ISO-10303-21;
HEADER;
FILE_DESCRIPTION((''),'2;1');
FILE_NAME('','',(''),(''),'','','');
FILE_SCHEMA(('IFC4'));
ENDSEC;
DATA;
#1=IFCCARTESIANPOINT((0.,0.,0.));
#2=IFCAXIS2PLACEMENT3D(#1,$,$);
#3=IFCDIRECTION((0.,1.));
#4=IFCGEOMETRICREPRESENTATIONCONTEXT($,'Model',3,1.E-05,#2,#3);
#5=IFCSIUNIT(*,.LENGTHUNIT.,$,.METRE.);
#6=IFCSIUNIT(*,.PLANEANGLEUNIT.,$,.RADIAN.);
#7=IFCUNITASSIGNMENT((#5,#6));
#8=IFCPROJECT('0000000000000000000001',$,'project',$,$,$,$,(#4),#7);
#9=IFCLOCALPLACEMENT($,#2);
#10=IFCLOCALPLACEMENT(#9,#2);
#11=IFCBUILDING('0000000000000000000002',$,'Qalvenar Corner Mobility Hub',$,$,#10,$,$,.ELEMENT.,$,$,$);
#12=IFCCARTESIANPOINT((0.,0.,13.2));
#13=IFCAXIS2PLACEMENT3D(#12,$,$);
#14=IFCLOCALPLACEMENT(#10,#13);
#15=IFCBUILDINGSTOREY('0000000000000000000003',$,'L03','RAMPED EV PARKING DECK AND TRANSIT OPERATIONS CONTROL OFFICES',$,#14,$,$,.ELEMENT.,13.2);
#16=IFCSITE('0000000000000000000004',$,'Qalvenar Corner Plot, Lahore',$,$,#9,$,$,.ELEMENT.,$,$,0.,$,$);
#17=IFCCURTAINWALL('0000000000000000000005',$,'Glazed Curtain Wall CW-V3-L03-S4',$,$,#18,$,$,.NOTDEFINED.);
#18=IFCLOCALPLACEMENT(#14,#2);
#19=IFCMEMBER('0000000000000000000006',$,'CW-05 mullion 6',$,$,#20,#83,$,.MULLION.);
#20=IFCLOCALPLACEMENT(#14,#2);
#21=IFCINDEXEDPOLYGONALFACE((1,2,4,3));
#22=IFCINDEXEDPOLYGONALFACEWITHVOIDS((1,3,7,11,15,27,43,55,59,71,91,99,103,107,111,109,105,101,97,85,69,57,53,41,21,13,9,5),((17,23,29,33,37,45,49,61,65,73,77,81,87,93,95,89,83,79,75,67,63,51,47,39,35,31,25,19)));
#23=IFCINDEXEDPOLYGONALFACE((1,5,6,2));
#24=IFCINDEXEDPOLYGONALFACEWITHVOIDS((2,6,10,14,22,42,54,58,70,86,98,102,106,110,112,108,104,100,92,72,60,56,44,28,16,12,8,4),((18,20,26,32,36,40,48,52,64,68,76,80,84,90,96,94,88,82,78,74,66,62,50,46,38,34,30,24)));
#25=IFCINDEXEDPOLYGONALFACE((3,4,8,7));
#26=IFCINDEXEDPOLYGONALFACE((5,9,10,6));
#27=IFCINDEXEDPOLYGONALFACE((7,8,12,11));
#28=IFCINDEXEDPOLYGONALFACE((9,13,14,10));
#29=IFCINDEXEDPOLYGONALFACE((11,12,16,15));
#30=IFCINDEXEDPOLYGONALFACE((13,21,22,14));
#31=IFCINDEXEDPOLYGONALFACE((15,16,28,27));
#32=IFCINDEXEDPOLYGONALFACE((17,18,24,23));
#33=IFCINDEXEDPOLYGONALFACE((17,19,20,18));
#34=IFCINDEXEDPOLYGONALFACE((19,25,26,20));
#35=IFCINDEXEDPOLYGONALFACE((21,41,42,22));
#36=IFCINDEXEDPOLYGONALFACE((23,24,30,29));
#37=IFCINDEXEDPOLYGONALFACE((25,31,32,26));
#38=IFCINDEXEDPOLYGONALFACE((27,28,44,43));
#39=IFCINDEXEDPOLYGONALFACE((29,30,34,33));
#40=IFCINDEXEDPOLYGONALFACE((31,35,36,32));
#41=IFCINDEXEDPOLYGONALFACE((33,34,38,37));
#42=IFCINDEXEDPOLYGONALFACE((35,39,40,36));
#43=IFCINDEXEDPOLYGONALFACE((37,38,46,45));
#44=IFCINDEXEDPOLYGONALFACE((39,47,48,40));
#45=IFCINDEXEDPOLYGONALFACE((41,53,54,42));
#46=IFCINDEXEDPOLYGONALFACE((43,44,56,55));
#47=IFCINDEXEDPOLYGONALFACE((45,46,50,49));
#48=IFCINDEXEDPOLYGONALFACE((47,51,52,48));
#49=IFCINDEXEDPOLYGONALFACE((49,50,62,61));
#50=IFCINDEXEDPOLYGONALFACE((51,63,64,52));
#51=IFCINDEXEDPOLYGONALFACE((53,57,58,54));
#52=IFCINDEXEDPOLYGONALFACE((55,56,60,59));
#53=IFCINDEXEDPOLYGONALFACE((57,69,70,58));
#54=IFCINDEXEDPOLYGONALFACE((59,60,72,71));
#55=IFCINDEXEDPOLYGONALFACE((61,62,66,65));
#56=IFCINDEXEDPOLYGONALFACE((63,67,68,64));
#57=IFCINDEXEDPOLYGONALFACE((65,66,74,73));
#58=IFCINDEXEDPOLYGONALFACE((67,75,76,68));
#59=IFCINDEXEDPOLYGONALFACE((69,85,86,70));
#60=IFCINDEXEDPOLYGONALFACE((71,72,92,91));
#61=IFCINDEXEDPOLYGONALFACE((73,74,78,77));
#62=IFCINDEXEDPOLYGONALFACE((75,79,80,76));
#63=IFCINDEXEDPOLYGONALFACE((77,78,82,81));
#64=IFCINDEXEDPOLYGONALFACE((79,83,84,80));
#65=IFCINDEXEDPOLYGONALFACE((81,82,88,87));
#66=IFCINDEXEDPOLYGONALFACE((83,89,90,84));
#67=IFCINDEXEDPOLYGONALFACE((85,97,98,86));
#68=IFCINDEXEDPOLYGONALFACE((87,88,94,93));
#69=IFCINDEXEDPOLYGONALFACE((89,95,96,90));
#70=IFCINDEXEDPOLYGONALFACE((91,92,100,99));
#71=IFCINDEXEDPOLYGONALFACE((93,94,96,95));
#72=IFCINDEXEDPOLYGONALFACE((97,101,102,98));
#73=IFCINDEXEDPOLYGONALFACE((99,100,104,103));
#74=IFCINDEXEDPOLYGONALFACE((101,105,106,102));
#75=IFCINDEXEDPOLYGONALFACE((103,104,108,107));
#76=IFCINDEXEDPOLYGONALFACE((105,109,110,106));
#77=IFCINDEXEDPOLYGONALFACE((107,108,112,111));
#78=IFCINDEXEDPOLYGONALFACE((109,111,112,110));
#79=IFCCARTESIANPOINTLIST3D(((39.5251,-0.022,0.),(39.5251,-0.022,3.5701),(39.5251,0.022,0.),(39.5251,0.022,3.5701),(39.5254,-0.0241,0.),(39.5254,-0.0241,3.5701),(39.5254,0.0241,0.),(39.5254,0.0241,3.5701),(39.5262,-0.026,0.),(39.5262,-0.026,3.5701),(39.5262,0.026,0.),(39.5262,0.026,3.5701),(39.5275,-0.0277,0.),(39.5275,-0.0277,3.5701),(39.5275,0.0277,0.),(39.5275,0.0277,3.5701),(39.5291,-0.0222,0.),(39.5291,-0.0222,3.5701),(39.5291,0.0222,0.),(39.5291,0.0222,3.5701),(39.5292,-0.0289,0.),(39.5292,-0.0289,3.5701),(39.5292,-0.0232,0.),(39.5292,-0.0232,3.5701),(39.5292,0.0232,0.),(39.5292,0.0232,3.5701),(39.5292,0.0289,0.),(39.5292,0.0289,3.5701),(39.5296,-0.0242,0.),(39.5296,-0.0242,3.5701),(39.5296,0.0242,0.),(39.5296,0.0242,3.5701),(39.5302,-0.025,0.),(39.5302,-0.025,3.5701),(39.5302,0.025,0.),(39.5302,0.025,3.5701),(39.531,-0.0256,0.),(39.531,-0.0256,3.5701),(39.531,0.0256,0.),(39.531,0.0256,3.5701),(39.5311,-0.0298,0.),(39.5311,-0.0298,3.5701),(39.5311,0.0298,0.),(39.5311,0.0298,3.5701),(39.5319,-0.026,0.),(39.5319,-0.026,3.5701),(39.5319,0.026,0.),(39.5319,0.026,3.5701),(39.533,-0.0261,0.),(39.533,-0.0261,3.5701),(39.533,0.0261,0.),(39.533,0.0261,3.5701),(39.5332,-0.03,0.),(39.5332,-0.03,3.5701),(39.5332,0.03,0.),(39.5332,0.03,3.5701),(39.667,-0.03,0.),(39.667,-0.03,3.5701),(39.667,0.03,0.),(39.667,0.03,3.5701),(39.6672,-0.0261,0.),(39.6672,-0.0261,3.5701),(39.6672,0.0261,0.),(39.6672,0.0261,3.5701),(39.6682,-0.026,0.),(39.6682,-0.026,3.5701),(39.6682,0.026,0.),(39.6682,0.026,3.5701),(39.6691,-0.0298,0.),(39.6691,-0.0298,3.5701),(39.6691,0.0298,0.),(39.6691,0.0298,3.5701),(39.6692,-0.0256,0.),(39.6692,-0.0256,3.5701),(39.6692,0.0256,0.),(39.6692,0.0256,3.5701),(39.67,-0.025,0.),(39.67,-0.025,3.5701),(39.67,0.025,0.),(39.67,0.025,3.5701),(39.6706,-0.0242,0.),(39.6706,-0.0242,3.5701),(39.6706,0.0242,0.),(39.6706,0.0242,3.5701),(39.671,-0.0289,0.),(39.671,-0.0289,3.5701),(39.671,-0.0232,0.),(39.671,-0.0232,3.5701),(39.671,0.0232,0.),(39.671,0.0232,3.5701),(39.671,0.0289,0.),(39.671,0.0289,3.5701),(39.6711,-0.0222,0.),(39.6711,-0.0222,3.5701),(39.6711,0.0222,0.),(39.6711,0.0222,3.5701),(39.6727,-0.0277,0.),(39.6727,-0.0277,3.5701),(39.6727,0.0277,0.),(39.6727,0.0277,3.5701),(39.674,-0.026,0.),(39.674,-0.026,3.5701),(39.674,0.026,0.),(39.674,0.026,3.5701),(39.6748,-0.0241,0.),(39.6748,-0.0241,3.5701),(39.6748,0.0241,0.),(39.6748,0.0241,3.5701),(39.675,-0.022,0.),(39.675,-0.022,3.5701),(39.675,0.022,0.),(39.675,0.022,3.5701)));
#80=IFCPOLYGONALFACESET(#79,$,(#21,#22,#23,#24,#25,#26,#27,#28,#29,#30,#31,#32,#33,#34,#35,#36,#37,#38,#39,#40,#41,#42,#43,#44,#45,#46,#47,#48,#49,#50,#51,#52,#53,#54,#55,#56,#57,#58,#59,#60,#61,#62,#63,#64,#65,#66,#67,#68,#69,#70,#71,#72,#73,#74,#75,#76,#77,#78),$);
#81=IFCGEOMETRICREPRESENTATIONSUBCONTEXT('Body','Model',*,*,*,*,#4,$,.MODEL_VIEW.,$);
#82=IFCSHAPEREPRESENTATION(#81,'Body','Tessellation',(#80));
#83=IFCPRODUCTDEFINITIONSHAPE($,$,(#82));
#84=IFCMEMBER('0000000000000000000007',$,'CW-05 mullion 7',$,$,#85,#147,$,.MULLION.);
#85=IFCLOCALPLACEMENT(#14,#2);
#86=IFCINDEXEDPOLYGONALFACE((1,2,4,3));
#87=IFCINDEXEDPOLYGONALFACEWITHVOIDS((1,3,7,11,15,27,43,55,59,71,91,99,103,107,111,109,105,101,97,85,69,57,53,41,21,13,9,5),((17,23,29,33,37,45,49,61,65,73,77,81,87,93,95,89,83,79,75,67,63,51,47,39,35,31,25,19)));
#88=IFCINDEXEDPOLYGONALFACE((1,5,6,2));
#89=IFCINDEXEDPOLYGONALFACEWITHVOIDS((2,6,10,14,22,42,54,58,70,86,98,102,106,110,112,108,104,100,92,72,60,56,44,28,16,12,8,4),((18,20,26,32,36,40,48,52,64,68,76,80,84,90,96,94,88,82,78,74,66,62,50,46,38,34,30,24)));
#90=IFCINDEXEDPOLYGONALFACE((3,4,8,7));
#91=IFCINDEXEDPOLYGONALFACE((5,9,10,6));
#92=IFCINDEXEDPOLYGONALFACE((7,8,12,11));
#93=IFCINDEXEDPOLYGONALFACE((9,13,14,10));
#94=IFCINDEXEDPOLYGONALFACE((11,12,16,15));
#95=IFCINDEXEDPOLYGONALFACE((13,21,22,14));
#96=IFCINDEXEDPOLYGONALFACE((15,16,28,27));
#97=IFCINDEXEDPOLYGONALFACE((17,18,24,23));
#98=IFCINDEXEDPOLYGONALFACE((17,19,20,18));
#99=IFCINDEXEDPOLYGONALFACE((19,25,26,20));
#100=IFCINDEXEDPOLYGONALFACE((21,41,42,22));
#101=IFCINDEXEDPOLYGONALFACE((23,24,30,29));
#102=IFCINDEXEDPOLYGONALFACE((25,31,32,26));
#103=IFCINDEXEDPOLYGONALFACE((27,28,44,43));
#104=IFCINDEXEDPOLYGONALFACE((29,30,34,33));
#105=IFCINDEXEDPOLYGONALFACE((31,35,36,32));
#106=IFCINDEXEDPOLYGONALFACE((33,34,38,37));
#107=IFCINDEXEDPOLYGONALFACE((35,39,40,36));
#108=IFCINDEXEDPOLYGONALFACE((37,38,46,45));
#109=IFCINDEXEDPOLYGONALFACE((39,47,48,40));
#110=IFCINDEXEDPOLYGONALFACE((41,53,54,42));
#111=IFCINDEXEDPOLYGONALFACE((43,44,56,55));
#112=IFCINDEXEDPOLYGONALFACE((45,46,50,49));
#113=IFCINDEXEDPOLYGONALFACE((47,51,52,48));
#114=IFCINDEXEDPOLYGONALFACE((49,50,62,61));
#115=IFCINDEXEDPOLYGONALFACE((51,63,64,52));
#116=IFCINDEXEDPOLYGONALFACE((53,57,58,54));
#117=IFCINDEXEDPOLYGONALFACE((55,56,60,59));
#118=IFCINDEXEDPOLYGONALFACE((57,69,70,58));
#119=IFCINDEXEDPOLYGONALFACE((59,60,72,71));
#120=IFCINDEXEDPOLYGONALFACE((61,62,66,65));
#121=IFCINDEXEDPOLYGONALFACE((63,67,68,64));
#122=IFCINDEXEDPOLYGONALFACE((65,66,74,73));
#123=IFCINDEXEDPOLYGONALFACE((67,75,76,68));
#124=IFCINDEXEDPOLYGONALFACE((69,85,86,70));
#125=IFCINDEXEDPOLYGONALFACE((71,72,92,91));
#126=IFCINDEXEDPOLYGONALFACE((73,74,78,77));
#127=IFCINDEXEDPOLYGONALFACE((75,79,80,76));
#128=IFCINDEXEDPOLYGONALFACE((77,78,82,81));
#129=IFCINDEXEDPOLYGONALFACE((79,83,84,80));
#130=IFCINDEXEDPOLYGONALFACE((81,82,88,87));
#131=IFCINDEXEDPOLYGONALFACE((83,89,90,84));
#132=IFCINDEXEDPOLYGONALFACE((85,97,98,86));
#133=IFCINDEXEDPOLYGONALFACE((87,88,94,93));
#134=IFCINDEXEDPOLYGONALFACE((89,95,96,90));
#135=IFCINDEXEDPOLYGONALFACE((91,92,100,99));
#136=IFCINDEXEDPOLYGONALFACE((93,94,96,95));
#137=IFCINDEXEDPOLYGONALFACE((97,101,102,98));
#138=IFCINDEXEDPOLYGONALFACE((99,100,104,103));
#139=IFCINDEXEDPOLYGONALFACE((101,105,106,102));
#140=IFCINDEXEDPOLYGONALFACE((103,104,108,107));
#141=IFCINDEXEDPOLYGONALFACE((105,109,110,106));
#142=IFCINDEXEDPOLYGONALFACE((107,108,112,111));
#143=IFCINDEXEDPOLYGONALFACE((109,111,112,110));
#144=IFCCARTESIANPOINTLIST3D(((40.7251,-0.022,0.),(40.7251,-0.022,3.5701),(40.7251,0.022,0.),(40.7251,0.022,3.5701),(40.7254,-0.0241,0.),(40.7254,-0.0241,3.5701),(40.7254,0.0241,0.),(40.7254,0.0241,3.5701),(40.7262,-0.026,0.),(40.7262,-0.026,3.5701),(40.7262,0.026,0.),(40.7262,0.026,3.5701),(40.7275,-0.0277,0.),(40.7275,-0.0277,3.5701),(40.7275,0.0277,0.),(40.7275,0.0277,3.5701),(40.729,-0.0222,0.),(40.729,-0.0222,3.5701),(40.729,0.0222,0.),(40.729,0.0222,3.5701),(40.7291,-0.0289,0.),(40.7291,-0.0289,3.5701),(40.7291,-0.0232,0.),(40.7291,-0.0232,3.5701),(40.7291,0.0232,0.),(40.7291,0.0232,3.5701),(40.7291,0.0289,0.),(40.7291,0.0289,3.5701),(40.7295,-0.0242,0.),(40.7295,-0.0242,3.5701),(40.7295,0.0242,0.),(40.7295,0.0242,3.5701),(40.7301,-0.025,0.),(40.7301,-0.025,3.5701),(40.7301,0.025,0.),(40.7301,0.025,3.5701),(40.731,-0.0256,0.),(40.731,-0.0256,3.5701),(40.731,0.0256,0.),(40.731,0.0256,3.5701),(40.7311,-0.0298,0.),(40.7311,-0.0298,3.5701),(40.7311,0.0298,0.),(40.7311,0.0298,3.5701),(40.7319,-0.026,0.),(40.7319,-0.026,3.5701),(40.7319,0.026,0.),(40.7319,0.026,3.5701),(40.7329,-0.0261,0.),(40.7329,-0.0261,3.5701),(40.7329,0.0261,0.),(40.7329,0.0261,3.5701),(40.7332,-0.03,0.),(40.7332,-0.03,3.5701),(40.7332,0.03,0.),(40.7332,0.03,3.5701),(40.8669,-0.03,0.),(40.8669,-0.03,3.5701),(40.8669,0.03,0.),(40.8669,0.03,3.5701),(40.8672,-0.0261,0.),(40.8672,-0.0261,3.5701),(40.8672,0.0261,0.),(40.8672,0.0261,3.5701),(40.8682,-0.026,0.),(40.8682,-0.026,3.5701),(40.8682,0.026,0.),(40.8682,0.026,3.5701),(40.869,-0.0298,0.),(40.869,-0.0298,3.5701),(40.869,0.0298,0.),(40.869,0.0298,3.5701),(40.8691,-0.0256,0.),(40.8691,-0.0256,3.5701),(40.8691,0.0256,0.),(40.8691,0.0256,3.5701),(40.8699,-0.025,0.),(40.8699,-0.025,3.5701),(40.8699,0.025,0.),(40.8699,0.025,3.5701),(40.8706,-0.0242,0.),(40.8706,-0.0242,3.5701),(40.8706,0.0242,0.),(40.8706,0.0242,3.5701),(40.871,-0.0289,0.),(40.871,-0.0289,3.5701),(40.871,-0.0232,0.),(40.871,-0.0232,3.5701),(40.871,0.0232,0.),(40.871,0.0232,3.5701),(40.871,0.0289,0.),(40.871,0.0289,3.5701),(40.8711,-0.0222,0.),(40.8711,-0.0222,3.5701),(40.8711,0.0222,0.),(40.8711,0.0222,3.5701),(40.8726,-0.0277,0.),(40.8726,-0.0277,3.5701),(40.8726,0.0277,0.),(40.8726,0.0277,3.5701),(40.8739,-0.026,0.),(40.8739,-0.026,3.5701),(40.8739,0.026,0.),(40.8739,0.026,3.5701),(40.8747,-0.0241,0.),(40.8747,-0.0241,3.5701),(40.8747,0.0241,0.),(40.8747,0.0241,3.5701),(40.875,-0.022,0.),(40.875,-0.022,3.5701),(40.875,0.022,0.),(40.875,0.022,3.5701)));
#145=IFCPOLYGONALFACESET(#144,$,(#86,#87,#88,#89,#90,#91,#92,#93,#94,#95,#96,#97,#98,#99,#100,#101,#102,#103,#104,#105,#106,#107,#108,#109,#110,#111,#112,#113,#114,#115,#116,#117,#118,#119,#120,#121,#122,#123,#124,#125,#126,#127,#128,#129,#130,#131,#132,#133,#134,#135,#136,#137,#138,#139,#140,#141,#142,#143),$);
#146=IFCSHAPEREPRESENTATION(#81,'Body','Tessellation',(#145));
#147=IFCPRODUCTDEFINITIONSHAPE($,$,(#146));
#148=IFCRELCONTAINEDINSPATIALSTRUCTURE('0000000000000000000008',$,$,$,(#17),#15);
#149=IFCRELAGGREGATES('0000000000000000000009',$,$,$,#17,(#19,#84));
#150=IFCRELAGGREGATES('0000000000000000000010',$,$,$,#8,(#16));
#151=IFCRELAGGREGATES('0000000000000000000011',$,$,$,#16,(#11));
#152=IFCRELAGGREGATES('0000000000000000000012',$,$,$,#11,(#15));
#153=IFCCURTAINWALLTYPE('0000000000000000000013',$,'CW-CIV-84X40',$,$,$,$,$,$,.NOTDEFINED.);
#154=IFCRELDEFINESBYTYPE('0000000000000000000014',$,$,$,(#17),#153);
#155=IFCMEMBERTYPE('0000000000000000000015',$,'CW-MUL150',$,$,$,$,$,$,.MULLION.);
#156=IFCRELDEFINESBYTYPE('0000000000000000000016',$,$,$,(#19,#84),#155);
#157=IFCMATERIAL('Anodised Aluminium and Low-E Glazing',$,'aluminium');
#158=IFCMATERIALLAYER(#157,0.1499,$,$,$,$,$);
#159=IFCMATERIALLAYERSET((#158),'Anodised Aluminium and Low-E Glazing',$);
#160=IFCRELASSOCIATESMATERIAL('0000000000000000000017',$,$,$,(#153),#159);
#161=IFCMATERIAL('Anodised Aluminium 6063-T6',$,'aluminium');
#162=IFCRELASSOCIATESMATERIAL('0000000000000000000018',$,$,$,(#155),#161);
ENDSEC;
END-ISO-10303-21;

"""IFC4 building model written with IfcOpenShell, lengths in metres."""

from ifc_helpers import new_model, si_unit, direction, frame, origin, origin_2d, place, context, subcontext, project, spatial, hollow_rectangle, extrude, material, layer, layer_set, material_profile, profile_set, type_object, element, aggregate, save


model = new_model("IFC4")

# Units and contexts
model_context = context("Model", 3, precision=1e-05, world=origin(), true_north=direction((0.0, 1.0)))
body_context = subcontext(model_context, "Body", "Model", "MODEL_VIEW")
ifc_project = project(units=[si_unit("LENGTHUNIT", "METRE"), si_unit("PLANEANGLEUNIT", "RADIAN")], contexts=[model_context])

# Site, building, storey
site_placement = place(None, origin())
site = spatial("IfcSite", under=ifc_project, at=site_placement, Name="Qalvenar Corner Plot, Lahore", CompositionType="ELEMENT", RefElevation=0.0)
building_placement = place(site_placement, origin())
building = spatial("IfcBuilding", under=site, at=building_placement, Name="Qalvenar Corner Mobility Hub", CompositionType="ELEMENT")
storey_placement = place(building_placement, frame((0.0, 0.0, 13.2)))
storey = spatial("IfcBuildingStorey", under=building, at=storey_placement, Name="L03", Description="RAMPED EV PARKING DECK AND TRANSIT OPERATIONS CONTROL OFFICES", CompositionType="ELEMENT", Elevation=13.2)

# Curtain wall, members
ifc_material_1 = material(Name="Anodised Aluminium and Low-E Glazing", Category="aluminium")
ifc_layer_1 = layer(ifc_material_1, 0.1499)
ifc_layer_set_1 = layer_set([ifc_layer_1], Name="Anodised Aluminium and Low-E Glazing")
curtain_wall_type = type_object("IfcCurtainWallType", Name="CW-CIV-84X40", PredefinedType="NOTDEFINED", material=ifc_layer_set_1)
curtain_wall_placement = place(storey_placement, origin())
curtain_wall = element("IfcCurtainWall", 1, at=curtain_wall_placement, inside=storey, type_object=curtain_wall_type, Name="Glazed Curtain Wall CW-V3-L03-S4", PredefinedType="NOTDEFINED")
ifc_material_2 = material(Name="Anodised Aluminium 6063-T6", Category="aluminium")
ifc_material_profile_1 = material_profile(ifc_material_2, hollow_rectangle(XDim=0.0601, YDim=0.1499, WallThickness=0.0039, InnerFilletRadius=0.0039, OuterFilletRadius=0.0081, at=origin_2d()), Name="RHS150x60x4")
ifc_profile_set_1 = profile_set([ifc_material_profile_1], Name="Anodised Aluminium 6063-T6")
member_type_1 = type_object("IfcMemberType", Name="CW-MUL150", PredefinedType="MULLION", material=ifc_profile_set_1)
member_1_placement = place(storey_placement, frame((39.6001, 0.0, 0.0), z_axis=(0.0, 0.0, 1.0), x_axis=(0.0, 1.0, 0.0)))
member_1 = element("IfcMember", 2, at=member_1_placement, type_object=member_type_1, Name="CW-05 mullion 6", PredefinedType="MULLION", context=body_context, shape_type="SweptSolid", body=[
    extrude(hollow_rectangle(XDim=0.0601, YDim=0.1499, WallThickness=0.0039, InnerFilletRadius=0.0039, OuterFilletRadius=0.0081, at=origin_2d()), origin(), (0.0, 0.0, 1.0), 3.5701),
])
member_2_placement = place(storey_placement, frame((40.8, 0.0, 0.0), z_axis=(0.0, 0.0, 1.0), x_axis=(0.0, 1.0, 0.0)))
member_2 = element("IfcMember", 3, at=member_2_placement, type_object=member_type_1, Name="CW-05 mullion 7", PredefinedType="MULLION", context=body_context, shape_type="SweptSolid", body=[
    extrude(hollow_rectangle(XDim=0.0601, YDim=0.1499, WallThickness=0.0039, InnerFilletRadius=0.0039, OuterFilletRadius=0.0081, at=origin_2d()), origin(), (0.0, 0.0, 1.0), 3.5701),
])
aggregate(curtain_wall, [member_1, member_2])

save(model, "model.ifc")
